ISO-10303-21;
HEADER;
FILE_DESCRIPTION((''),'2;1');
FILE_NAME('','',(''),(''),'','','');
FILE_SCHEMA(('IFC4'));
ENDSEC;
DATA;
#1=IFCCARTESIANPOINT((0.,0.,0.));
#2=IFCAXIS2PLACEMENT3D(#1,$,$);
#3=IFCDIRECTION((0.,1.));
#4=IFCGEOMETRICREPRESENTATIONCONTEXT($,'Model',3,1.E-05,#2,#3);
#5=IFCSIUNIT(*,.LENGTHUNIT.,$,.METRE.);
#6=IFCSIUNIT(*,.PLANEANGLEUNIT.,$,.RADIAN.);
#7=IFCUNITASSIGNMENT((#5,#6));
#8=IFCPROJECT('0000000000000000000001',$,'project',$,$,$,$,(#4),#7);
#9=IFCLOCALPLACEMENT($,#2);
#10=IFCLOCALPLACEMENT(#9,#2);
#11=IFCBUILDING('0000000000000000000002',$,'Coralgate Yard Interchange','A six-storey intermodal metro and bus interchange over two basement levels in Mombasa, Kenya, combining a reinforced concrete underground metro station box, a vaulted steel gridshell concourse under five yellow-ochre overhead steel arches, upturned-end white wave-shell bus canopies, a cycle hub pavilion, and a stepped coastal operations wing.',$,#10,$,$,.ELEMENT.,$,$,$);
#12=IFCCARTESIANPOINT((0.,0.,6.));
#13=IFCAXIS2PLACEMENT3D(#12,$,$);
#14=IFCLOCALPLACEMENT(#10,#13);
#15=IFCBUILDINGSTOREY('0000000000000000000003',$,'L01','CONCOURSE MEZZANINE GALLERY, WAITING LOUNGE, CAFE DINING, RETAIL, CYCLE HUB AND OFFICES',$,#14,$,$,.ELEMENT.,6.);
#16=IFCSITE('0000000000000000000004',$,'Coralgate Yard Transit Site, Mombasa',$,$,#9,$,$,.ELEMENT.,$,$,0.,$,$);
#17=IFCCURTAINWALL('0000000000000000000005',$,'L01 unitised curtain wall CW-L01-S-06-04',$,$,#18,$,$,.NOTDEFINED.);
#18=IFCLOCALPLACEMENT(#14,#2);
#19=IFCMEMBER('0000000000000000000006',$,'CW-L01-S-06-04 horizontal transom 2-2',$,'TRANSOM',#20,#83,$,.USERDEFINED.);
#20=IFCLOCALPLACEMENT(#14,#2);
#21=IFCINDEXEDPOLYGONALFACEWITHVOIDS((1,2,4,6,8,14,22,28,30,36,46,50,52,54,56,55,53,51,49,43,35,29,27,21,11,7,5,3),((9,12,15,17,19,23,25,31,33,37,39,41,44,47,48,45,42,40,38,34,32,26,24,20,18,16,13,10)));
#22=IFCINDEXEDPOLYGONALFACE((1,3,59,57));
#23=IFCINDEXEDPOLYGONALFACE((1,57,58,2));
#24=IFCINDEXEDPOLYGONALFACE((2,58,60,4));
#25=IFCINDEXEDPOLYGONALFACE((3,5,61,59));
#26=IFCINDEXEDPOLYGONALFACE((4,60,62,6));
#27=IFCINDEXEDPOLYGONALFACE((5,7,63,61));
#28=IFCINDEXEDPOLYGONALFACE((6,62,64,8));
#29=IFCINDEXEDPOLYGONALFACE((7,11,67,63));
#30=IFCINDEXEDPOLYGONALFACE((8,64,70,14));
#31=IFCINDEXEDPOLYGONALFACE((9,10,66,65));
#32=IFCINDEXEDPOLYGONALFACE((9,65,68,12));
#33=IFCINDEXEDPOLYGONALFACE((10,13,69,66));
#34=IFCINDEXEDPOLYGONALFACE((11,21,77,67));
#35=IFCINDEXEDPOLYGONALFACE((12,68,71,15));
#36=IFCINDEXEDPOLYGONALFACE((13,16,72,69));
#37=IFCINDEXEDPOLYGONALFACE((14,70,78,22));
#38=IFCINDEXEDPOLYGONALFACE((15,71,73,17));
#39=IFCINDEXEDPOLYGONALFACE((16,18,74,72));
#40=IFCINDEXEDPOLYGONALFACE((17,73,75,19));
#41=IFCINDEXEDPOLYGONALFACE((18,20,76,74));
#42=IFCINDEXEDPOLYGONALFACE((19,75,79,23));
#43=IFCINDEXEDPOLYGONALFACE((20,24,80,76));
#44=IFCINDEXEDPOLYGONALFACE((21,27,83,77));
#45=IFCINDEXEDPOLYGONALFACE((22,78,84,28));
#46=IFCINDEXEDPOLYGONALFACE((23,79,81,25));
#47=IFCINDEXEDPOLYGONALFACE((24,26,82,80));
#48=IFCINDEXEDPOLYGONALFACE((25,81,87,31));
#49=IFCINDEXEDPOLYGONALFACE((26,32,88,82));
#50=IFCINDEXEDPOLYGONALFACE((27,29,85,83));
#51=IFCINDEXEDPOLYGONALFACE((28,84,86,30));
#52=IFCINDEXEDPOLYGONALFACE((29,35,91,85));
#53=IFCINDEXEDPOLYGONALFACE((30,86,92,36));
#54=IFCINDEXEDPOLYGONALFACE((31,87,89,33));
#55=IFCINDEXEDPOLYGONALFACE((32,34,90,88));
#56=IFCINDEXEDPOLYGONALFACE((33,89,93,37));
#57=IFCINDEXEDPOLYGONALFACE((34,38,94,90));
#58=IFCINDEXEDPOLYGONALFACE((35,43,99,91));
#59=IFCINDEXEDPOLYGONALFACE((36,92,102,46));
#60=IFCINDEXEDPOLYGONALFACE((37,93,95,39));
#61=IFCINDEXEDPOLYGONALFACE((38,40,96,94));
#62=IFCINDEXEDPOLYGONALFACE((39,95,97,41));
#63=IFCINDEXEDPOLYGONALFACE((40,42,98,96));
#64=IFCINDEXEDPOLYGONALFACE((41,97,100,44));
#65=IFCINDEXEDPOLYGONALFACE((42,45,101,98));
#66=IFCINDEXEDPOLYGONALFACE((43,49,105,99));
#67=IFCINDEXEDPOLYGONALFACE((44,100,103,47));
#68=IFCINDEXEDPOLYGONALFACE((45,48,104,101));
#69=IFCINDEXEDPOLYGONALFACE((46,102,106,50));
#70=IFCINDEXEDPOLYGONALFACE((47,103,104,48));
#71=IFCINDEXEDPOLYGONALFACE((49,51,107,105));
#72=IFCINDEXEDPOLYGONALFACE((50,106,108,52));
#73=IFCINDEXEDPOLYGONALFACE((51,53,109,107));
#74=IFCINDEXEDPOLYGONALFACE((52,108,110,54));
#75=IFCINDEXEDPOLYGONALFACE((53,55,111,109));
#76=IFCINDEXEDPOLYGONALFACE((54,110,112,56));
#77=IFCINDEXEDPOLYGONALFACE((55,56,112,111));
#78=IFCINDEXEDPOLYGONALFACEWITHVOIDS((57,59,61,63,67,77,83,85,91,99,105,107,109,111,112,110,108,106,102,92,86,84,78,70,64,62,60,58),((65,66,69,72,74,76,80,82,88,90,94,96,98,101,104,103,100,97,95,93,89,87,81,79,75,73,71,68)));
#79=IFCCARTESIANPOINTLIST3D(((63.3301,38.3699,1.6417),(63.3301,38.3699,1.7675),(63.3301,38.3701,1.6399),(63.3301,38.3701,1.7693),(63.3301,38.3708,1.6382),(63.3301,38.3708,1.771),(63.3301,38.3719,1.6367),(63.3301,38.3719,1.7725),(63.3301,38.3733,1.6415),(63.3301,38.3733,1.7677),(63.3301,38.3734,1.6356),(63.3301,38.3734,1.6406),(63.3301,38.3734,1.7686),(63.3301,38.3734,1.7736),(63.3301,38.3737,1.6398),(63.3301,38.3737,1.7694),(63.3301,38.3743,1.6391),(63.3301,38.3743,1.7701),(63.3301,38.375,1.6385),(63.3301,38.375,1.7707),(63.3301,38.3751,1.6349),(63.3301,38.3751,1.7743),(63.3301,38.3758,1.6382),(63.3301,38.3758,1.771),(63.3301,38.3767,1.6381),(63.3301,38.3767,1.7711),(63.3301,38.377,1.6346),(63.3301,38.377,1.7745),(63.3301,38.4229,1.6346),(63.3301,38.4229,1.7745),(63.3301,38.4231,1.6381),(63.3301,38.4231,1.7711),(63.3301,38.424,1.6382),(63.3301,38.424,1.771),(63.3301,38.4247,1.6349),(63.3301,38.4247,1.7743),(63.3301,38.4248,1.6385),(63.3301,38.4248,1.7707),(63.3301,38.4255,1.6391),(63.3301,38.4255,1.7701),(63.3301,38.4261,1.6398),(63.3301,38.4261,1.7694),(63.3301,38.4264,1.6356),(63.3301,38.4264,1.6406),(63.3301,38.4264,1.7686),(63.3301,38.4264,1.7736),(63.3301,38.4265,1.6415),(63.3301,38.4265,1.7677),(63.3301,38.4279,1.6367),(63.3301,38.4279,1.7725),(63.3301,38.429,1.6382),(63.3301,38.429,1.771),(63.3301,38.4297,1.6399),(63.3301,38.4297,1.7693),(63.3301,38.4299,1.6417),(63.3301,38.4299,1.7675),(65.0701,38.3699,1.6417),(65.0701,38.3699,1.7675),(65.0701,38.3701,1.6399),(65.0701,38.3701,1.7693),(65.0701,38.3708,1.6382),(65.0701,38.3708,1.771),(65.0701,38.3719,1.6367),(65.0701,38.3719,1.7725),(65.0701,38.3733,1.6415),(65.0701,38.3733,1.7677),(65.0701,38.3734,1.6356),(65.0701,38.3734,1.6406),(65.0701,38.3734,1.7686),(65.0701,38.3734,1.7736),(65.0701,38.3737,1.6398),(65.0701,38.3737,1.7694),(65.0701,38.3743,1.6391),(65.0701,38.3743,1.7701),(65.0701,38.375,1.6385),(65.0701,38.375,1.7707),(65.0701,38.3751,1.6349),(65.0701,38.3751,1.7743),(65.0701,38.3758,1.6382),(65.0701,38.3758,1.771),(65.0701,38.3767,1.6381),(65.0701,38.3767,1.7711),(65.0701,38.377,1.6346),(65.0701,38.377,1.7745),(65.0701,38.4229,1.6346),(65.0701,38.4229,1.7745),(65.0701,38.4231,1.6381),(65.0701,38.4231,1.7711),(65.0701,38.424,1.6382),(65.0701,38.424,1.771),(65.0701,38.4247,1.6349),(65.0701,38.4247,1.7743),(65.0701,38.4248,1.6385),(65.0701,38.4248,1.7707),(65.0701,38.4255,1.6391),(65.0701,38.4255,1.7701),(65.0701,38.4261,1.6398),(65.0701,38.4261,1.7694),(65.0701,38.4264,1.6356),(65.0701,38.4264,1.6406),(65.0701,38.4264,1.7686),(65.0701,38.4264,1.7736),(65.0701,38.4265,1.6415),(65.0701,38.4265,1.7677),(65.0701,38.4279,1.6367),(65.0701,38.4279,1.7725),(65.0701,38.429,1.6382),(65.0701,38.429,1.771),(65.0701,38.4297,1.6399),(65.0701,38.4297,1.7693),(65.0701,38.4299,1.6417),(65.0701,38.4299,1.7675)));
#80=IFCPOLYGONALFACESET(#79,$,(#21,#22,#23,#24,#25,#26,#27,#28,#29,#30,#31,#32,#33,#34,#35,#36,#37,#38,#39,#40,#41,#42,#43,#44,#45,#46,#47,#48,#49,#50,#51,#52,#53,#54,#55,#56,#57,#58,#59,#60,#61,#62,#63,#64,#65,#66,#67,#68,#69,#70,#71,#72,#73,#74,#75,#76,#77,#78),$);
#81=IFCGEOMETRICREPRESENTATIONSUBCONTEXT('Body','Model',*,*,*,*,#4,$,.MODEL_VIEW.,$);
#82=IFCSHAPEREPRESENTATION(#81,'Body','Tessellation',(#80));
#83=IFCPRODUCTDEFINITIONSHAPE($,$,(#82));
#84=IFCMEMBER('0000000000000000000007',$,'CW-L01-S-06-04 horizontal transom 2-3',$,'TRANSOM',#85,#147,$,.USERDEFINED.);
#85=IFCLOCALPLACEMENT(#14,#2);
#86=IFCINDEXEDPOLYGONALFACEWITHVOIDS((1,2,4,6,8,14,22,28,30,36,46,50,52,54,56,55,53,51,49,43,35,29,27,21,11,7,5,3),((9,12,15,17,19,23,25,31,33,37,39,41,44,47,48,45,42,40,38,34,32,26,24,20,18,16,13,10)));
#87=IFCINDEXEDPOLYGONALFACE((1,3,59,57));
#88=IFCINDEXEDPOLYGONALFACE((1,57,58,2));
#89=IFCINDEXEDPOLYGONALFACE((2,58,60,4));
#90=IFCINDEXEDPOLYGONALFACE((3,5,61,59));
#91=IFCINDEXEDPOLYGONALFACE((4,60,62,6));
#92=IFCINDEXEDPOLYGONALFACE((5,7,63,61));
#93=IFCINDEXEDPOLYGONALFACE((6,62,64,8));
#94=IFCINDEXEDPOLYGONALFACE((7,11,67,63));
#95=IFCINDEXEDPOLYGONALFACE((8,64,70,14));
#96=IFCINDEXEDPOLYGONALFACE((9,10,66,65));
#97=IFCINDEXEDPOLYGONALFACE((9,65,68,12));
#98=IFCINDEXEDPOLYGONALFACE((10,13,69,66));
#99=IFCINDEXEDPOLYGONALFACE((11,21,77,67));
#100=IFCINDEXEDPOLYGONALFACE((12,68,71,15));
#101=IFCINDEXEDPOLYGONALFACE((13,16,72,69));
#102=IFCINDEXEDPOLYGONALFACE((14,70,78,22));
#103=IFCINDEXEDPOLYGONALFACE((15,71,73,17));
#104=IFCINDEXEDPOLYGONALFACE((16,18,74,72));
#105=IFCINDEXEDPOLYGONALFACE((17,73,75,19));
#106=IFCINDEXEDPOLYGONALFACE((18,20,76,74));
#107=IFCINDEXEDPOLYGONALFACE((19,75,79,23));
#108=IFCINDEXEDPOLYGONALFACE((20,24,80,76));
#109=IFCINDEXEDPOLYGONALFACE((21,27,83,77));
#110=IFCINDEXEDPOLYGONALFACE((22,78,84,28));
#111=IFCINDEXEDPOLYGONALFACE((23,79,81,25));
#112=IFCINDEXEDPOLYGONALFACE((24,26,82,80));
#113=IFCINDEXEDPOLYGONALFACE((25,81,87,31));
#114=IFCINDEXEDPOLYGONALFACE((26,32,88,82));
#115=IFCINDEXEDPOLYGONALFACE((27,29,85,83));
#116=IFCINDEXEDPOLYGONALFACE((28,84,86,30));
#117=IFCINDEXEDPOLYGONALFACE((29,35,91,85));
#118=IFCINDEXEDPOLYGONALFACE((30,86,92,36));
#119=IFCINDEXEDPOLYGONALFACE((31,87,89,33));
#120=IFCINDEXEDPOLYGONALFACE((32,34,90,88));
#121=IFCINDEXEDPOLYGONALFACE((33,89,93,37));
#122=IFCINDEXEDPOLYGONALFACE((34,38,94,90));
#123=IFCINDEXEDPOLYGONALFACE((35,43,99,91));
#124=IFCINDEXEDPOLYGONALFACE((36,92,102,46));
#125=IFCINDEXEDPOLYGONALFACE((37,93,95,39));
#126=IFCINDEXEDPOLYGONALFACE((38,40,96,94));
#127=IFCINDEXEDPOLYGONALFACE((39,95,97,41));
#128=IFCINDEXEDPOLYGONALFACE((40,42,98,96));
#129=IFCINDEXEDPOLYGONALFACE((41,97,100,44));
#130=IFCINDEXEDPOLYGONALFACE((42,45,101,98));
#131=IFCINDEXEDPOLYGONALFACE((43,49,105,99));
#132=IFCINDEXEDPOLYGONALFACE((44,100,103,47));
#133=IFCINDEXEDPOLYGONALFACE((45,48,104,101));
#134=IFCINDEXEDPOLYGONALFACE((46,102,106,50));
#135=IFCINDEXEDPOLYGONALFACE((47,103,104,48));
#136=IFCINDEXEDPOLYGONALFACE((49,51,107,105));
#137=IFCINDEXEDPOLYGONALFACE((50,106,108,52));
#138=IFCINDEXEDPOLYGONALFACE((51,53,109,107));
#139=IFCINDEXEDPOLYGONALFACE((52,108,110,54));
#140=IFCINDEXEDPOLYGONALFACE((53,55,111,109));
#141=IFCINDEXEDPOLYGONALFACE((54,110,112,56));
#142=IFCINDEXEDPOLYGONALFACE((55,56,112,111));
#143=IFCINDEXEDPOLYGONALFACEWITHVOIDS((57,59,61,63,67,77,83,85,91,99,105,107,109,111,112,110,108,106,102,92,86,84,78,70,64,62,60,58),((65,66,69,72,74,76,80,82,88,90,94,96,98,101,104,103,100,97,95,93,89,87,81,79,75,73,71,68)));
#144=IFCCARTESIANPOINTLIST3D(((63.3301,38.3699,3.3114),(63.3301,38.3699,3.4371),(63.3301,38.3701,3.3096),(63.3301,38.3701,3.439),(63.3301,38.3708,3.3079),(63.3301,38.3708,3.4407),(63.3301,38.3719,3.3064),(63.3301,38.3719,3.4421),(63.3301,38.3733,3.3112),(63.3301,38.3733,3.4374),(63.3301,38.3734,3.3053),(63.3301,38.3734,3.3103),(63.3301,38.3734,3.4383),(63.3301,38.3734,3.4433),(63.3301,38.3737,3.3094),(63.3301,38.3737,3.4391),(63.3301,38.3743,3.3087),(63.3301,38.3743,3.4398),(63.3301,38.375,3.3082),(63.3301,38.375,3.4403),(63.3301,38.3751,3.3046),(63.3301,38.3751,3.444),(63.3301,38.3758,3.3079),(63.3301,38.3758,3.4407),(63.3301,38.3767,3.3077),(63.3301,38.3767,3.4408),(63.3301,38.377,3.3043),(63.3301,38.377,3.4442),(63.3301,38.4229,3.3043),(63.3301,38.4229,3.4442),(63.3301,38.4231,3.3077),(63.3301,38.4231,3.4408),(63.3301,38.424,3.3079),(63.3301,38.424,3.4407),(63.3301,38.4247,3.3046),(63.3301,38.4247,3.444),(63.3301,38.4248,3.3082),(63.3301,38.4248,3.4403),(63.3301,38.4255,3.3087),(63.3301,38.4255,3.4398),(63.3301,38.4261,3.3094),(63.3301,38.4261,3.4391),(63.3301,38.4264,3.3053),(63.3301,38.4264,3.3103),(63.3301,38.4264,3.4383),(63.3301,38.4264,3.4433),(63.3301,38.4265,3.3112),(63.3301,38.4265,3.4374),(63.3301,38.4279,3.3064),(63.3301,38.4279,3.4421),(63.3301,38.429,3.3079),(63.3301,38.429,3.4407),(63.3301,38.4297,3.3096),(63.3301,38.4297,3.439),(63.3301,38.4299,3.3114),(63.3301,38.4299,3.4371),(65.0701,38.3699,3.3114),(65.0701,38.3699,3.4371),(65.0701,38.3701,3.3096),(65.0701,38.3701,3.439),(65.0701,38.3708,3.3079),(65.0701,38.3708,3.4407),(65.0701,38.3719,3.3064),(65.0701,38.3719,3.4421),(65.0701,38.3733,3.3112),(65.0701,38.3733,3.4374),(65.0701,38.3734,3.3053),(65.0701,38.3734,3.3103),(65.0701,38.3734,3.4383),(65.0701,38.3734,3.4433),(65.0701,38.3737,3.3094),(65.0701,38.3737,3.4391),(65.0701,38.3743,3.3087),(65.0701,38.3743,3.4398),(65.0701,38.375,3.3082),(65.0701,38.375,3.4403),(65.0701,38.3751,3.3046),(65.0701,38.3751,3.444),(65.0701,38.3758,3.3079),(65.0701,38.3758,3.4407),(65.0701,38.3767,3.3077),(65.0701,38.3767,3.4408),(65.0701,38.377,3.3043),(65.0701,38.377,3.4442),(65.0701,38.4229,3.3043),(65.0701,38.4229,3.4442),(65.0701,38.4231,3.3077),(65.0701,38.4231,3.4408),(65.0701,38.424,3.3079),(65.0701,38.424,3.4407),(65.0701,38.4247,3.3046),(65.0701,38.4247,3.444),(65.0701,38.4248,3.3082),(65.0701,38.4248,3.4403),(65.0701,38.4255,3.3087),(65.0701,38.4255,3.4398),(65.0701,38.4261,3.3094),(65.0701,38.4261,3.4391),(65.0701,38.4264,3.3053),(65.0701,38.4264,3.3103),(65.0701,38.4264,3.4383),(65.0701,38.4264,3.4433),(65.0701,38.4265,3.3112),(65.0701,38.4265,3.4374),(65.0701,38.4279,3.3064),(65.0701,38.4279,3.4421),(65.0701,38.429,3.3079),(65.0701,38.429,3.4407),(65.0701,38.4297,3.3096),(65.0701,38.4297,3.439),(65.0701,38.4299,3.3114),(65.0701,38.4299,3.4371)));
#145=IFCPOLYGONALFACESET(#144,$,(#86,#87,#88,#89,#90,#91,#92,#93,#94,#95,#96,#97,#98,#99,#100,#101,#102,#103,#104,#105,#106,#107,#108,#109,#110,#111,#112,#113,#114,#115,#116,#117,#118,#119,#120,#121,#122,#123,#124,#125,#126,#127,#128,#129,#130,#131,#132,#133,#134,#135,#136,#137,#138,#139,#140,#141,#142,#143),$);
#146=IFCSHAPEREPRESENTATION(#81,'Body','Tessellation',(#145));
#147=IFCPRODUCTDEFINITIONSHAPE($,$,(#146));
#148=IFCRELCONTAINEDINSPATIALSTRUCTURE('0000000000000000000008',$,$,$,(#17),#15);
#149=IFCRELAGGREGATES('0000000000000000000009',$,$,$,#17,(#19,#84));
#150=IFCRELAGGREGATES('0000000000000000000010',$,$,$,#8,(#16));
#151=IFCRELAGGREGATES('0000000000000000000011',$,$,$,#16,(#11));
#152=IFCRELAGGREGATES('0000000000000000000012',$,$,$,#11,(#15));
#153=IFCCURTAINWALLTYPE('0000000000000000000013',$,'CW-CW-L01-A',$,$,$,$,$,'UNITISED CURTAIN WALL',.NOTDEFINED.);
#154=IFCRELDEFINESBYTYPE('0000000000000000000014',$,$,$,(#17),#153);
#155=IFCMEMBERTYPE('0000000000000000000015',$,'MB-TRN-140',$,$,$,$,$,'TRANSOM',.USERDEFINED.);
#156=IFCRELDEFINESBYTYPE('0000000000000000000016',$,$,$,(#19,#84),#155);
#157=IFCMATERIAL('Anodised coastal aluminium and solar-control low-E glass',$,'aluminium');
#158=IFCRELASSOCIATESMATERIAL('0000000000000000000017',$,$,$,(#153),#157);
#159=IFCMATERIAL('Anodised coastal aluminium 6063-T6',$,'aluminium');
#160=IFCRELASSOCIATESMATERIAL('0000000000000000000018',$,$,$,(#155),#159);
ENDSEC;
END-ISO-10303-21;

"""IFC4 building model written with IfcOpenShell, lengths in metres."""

from ifc_helpers import new_model, si_unit, direction, frame, origin, origin_2d, place, context, subcontext, project, spatial, hollow_rectangle, extrude, material, material_profile, profile_set, type_object, element, aggregate, save


model = new_model("IFC4")

# Units and contexts
model_context = context("Model", 3, precision=1e-05, world=origin(), true_north=direction((0.0, 1.0)))
body_context = subcontext(model_context, "Body", "Model", "MODEL_VIEW")
ifc_project = project(units=[si_unit("LENGTHUNIT", "METRE"), si_unit("PLANEANGLEUNIT", "RADIAN")], contexts=[model_context])

# Site, building, storey
site_placement = place(None, origin())
site = spatial("IfcSite", under=ifc_project, at=site_placement, Name="Coralgate Yard Transit Site, Mombasa", CompositionType="ELEMENT", RefElevation=0.0)
building_placement = place(site_placement, origin())
building = spatial("IfcBuilding", under=site, at=building_placement, Name="Coralgate Yard Interchange", Description="A six-storey intermodal metro and bus interchange over two basement levels in Mombasa, Kenya, combining a reinforced concrete underground metro station box, a vaulted steel gridshell concourse under five yellow-ochre overhead steel arches, upturned-end white wave-shell bus canopies, a cycle hub pavilion, and a stepped coastal operations wing.", CompositionType="ELEMENT")
storey_placement = place(building_placement, frame((0.0, 0.0, 6.0)))
storey = spatial("IfcBuildingStorey", under=building, at=storey_placement, Name="L01", Description="CONCOURSE MEZZANINE GALLERY, WAITING LOUNGE, CAFE DINING, RETAIL, CYCLE HUB AND OFFICES", CompositionType="ELEMENT", Elevation=6.0)

# Curtain wall, members
ifc_material_1 = material(Name="Anodised coastal aluminium and solar-control low-E glass", Category="aluminium")
curtain_wall_type = type_object("IfcCurtainWallType", Name="CW-CW-L01-A", ElementType="UNITISED CURTAIN WALL", PredefinedType="NOTDEFINED", material=ifc_material_1)
curtain_wall_placement = place(storey_placement, origin())
curtain_wall = element("IfcCurtainWall", 1, at=curtain_wall_placement, inside=storey, type_object=curtain_wall_type, Name="L01 unitised curtain wall CW-L01-S-06-04", PredefinedType="NOTDEFINED")
ifc_material_2 = material(Name="Anodised coastal aluminium 6063-T6", Category="aluminium")
ifc_material_profile_1 = material_profile(ifc_material_2, hollow_rectangle(XDim=0.0601, YDim=0.1399, WallThickness=0.0034, InnerFilletRadius=0.0034, OuterFilletRadius=0.0071, at=origin_2d()), Name="ALU 60x140x3.5")
ifc_profile_set_1 = profile_set([ifc_material_profile_1], Name="Anodised coastal aluminium 6063-T6")
member_type_1 = type_object("IfcMemberType", Name="MB-TRN-140", ElementType="TRANSOM", PredefinedType="USERDEFINED", material=ifc_profile_set_1)
member_1_placement = place(storey_placement, frame((65.0701, 38.3999, 1.7046), z_axis=(-1.0, 0.0, 0.0), x_axis=(0.0, -1.0, 0.0)))
member_1 = element("IfcMember", 2, at=member_1_placement, type_object=member_type_1, Name="CW-L01-S-06-04 horizontal transom 2-2", ObjectType="TRANSOM", PredefinedType="USERDEFINED", context=body_context, shape_type="SweptSolid", body=[
    extrude(hollow_rectangle(XDim=0.0601, YDim=0.1399, WallThickness=0.0034, InnerFilletRadius=0.0034, OuterFilletRadius=0.0071, at=origin_2d()), origin(), (0.0, 0.0, 1.0), 1.74),
])
member_2_placement = place(storey_placement, frame((65.0701, 38.3999, 3.3743), z_axis=(-1.0, 0.0, 0.0), x_axis=(0.0, -1.0, 0.0)))
member_2 = element("IfcMember", 3, at=member_2_placement, type_object=member_type_1, Name="CW-L01-S-06-04 horizontal transom 2-3", ObjectType="TRANSOM", PredefinedType="USERDEFINED", context=body_context, shape_type="SweptSolid", body=[
    extrude(hollow_rectangle(XDim=0.0601, YDim=0.1399, WallThickness=0.0034, InnerFilletRadius=0.0034, OuterFilletRadius=0.0071, at=origin_2d()), origin(), (0.0, 0.0, 1.0), 1.74),
])
aggregate(curtain_wall, [member_1, member_2])

save(model, "model.ifc")
